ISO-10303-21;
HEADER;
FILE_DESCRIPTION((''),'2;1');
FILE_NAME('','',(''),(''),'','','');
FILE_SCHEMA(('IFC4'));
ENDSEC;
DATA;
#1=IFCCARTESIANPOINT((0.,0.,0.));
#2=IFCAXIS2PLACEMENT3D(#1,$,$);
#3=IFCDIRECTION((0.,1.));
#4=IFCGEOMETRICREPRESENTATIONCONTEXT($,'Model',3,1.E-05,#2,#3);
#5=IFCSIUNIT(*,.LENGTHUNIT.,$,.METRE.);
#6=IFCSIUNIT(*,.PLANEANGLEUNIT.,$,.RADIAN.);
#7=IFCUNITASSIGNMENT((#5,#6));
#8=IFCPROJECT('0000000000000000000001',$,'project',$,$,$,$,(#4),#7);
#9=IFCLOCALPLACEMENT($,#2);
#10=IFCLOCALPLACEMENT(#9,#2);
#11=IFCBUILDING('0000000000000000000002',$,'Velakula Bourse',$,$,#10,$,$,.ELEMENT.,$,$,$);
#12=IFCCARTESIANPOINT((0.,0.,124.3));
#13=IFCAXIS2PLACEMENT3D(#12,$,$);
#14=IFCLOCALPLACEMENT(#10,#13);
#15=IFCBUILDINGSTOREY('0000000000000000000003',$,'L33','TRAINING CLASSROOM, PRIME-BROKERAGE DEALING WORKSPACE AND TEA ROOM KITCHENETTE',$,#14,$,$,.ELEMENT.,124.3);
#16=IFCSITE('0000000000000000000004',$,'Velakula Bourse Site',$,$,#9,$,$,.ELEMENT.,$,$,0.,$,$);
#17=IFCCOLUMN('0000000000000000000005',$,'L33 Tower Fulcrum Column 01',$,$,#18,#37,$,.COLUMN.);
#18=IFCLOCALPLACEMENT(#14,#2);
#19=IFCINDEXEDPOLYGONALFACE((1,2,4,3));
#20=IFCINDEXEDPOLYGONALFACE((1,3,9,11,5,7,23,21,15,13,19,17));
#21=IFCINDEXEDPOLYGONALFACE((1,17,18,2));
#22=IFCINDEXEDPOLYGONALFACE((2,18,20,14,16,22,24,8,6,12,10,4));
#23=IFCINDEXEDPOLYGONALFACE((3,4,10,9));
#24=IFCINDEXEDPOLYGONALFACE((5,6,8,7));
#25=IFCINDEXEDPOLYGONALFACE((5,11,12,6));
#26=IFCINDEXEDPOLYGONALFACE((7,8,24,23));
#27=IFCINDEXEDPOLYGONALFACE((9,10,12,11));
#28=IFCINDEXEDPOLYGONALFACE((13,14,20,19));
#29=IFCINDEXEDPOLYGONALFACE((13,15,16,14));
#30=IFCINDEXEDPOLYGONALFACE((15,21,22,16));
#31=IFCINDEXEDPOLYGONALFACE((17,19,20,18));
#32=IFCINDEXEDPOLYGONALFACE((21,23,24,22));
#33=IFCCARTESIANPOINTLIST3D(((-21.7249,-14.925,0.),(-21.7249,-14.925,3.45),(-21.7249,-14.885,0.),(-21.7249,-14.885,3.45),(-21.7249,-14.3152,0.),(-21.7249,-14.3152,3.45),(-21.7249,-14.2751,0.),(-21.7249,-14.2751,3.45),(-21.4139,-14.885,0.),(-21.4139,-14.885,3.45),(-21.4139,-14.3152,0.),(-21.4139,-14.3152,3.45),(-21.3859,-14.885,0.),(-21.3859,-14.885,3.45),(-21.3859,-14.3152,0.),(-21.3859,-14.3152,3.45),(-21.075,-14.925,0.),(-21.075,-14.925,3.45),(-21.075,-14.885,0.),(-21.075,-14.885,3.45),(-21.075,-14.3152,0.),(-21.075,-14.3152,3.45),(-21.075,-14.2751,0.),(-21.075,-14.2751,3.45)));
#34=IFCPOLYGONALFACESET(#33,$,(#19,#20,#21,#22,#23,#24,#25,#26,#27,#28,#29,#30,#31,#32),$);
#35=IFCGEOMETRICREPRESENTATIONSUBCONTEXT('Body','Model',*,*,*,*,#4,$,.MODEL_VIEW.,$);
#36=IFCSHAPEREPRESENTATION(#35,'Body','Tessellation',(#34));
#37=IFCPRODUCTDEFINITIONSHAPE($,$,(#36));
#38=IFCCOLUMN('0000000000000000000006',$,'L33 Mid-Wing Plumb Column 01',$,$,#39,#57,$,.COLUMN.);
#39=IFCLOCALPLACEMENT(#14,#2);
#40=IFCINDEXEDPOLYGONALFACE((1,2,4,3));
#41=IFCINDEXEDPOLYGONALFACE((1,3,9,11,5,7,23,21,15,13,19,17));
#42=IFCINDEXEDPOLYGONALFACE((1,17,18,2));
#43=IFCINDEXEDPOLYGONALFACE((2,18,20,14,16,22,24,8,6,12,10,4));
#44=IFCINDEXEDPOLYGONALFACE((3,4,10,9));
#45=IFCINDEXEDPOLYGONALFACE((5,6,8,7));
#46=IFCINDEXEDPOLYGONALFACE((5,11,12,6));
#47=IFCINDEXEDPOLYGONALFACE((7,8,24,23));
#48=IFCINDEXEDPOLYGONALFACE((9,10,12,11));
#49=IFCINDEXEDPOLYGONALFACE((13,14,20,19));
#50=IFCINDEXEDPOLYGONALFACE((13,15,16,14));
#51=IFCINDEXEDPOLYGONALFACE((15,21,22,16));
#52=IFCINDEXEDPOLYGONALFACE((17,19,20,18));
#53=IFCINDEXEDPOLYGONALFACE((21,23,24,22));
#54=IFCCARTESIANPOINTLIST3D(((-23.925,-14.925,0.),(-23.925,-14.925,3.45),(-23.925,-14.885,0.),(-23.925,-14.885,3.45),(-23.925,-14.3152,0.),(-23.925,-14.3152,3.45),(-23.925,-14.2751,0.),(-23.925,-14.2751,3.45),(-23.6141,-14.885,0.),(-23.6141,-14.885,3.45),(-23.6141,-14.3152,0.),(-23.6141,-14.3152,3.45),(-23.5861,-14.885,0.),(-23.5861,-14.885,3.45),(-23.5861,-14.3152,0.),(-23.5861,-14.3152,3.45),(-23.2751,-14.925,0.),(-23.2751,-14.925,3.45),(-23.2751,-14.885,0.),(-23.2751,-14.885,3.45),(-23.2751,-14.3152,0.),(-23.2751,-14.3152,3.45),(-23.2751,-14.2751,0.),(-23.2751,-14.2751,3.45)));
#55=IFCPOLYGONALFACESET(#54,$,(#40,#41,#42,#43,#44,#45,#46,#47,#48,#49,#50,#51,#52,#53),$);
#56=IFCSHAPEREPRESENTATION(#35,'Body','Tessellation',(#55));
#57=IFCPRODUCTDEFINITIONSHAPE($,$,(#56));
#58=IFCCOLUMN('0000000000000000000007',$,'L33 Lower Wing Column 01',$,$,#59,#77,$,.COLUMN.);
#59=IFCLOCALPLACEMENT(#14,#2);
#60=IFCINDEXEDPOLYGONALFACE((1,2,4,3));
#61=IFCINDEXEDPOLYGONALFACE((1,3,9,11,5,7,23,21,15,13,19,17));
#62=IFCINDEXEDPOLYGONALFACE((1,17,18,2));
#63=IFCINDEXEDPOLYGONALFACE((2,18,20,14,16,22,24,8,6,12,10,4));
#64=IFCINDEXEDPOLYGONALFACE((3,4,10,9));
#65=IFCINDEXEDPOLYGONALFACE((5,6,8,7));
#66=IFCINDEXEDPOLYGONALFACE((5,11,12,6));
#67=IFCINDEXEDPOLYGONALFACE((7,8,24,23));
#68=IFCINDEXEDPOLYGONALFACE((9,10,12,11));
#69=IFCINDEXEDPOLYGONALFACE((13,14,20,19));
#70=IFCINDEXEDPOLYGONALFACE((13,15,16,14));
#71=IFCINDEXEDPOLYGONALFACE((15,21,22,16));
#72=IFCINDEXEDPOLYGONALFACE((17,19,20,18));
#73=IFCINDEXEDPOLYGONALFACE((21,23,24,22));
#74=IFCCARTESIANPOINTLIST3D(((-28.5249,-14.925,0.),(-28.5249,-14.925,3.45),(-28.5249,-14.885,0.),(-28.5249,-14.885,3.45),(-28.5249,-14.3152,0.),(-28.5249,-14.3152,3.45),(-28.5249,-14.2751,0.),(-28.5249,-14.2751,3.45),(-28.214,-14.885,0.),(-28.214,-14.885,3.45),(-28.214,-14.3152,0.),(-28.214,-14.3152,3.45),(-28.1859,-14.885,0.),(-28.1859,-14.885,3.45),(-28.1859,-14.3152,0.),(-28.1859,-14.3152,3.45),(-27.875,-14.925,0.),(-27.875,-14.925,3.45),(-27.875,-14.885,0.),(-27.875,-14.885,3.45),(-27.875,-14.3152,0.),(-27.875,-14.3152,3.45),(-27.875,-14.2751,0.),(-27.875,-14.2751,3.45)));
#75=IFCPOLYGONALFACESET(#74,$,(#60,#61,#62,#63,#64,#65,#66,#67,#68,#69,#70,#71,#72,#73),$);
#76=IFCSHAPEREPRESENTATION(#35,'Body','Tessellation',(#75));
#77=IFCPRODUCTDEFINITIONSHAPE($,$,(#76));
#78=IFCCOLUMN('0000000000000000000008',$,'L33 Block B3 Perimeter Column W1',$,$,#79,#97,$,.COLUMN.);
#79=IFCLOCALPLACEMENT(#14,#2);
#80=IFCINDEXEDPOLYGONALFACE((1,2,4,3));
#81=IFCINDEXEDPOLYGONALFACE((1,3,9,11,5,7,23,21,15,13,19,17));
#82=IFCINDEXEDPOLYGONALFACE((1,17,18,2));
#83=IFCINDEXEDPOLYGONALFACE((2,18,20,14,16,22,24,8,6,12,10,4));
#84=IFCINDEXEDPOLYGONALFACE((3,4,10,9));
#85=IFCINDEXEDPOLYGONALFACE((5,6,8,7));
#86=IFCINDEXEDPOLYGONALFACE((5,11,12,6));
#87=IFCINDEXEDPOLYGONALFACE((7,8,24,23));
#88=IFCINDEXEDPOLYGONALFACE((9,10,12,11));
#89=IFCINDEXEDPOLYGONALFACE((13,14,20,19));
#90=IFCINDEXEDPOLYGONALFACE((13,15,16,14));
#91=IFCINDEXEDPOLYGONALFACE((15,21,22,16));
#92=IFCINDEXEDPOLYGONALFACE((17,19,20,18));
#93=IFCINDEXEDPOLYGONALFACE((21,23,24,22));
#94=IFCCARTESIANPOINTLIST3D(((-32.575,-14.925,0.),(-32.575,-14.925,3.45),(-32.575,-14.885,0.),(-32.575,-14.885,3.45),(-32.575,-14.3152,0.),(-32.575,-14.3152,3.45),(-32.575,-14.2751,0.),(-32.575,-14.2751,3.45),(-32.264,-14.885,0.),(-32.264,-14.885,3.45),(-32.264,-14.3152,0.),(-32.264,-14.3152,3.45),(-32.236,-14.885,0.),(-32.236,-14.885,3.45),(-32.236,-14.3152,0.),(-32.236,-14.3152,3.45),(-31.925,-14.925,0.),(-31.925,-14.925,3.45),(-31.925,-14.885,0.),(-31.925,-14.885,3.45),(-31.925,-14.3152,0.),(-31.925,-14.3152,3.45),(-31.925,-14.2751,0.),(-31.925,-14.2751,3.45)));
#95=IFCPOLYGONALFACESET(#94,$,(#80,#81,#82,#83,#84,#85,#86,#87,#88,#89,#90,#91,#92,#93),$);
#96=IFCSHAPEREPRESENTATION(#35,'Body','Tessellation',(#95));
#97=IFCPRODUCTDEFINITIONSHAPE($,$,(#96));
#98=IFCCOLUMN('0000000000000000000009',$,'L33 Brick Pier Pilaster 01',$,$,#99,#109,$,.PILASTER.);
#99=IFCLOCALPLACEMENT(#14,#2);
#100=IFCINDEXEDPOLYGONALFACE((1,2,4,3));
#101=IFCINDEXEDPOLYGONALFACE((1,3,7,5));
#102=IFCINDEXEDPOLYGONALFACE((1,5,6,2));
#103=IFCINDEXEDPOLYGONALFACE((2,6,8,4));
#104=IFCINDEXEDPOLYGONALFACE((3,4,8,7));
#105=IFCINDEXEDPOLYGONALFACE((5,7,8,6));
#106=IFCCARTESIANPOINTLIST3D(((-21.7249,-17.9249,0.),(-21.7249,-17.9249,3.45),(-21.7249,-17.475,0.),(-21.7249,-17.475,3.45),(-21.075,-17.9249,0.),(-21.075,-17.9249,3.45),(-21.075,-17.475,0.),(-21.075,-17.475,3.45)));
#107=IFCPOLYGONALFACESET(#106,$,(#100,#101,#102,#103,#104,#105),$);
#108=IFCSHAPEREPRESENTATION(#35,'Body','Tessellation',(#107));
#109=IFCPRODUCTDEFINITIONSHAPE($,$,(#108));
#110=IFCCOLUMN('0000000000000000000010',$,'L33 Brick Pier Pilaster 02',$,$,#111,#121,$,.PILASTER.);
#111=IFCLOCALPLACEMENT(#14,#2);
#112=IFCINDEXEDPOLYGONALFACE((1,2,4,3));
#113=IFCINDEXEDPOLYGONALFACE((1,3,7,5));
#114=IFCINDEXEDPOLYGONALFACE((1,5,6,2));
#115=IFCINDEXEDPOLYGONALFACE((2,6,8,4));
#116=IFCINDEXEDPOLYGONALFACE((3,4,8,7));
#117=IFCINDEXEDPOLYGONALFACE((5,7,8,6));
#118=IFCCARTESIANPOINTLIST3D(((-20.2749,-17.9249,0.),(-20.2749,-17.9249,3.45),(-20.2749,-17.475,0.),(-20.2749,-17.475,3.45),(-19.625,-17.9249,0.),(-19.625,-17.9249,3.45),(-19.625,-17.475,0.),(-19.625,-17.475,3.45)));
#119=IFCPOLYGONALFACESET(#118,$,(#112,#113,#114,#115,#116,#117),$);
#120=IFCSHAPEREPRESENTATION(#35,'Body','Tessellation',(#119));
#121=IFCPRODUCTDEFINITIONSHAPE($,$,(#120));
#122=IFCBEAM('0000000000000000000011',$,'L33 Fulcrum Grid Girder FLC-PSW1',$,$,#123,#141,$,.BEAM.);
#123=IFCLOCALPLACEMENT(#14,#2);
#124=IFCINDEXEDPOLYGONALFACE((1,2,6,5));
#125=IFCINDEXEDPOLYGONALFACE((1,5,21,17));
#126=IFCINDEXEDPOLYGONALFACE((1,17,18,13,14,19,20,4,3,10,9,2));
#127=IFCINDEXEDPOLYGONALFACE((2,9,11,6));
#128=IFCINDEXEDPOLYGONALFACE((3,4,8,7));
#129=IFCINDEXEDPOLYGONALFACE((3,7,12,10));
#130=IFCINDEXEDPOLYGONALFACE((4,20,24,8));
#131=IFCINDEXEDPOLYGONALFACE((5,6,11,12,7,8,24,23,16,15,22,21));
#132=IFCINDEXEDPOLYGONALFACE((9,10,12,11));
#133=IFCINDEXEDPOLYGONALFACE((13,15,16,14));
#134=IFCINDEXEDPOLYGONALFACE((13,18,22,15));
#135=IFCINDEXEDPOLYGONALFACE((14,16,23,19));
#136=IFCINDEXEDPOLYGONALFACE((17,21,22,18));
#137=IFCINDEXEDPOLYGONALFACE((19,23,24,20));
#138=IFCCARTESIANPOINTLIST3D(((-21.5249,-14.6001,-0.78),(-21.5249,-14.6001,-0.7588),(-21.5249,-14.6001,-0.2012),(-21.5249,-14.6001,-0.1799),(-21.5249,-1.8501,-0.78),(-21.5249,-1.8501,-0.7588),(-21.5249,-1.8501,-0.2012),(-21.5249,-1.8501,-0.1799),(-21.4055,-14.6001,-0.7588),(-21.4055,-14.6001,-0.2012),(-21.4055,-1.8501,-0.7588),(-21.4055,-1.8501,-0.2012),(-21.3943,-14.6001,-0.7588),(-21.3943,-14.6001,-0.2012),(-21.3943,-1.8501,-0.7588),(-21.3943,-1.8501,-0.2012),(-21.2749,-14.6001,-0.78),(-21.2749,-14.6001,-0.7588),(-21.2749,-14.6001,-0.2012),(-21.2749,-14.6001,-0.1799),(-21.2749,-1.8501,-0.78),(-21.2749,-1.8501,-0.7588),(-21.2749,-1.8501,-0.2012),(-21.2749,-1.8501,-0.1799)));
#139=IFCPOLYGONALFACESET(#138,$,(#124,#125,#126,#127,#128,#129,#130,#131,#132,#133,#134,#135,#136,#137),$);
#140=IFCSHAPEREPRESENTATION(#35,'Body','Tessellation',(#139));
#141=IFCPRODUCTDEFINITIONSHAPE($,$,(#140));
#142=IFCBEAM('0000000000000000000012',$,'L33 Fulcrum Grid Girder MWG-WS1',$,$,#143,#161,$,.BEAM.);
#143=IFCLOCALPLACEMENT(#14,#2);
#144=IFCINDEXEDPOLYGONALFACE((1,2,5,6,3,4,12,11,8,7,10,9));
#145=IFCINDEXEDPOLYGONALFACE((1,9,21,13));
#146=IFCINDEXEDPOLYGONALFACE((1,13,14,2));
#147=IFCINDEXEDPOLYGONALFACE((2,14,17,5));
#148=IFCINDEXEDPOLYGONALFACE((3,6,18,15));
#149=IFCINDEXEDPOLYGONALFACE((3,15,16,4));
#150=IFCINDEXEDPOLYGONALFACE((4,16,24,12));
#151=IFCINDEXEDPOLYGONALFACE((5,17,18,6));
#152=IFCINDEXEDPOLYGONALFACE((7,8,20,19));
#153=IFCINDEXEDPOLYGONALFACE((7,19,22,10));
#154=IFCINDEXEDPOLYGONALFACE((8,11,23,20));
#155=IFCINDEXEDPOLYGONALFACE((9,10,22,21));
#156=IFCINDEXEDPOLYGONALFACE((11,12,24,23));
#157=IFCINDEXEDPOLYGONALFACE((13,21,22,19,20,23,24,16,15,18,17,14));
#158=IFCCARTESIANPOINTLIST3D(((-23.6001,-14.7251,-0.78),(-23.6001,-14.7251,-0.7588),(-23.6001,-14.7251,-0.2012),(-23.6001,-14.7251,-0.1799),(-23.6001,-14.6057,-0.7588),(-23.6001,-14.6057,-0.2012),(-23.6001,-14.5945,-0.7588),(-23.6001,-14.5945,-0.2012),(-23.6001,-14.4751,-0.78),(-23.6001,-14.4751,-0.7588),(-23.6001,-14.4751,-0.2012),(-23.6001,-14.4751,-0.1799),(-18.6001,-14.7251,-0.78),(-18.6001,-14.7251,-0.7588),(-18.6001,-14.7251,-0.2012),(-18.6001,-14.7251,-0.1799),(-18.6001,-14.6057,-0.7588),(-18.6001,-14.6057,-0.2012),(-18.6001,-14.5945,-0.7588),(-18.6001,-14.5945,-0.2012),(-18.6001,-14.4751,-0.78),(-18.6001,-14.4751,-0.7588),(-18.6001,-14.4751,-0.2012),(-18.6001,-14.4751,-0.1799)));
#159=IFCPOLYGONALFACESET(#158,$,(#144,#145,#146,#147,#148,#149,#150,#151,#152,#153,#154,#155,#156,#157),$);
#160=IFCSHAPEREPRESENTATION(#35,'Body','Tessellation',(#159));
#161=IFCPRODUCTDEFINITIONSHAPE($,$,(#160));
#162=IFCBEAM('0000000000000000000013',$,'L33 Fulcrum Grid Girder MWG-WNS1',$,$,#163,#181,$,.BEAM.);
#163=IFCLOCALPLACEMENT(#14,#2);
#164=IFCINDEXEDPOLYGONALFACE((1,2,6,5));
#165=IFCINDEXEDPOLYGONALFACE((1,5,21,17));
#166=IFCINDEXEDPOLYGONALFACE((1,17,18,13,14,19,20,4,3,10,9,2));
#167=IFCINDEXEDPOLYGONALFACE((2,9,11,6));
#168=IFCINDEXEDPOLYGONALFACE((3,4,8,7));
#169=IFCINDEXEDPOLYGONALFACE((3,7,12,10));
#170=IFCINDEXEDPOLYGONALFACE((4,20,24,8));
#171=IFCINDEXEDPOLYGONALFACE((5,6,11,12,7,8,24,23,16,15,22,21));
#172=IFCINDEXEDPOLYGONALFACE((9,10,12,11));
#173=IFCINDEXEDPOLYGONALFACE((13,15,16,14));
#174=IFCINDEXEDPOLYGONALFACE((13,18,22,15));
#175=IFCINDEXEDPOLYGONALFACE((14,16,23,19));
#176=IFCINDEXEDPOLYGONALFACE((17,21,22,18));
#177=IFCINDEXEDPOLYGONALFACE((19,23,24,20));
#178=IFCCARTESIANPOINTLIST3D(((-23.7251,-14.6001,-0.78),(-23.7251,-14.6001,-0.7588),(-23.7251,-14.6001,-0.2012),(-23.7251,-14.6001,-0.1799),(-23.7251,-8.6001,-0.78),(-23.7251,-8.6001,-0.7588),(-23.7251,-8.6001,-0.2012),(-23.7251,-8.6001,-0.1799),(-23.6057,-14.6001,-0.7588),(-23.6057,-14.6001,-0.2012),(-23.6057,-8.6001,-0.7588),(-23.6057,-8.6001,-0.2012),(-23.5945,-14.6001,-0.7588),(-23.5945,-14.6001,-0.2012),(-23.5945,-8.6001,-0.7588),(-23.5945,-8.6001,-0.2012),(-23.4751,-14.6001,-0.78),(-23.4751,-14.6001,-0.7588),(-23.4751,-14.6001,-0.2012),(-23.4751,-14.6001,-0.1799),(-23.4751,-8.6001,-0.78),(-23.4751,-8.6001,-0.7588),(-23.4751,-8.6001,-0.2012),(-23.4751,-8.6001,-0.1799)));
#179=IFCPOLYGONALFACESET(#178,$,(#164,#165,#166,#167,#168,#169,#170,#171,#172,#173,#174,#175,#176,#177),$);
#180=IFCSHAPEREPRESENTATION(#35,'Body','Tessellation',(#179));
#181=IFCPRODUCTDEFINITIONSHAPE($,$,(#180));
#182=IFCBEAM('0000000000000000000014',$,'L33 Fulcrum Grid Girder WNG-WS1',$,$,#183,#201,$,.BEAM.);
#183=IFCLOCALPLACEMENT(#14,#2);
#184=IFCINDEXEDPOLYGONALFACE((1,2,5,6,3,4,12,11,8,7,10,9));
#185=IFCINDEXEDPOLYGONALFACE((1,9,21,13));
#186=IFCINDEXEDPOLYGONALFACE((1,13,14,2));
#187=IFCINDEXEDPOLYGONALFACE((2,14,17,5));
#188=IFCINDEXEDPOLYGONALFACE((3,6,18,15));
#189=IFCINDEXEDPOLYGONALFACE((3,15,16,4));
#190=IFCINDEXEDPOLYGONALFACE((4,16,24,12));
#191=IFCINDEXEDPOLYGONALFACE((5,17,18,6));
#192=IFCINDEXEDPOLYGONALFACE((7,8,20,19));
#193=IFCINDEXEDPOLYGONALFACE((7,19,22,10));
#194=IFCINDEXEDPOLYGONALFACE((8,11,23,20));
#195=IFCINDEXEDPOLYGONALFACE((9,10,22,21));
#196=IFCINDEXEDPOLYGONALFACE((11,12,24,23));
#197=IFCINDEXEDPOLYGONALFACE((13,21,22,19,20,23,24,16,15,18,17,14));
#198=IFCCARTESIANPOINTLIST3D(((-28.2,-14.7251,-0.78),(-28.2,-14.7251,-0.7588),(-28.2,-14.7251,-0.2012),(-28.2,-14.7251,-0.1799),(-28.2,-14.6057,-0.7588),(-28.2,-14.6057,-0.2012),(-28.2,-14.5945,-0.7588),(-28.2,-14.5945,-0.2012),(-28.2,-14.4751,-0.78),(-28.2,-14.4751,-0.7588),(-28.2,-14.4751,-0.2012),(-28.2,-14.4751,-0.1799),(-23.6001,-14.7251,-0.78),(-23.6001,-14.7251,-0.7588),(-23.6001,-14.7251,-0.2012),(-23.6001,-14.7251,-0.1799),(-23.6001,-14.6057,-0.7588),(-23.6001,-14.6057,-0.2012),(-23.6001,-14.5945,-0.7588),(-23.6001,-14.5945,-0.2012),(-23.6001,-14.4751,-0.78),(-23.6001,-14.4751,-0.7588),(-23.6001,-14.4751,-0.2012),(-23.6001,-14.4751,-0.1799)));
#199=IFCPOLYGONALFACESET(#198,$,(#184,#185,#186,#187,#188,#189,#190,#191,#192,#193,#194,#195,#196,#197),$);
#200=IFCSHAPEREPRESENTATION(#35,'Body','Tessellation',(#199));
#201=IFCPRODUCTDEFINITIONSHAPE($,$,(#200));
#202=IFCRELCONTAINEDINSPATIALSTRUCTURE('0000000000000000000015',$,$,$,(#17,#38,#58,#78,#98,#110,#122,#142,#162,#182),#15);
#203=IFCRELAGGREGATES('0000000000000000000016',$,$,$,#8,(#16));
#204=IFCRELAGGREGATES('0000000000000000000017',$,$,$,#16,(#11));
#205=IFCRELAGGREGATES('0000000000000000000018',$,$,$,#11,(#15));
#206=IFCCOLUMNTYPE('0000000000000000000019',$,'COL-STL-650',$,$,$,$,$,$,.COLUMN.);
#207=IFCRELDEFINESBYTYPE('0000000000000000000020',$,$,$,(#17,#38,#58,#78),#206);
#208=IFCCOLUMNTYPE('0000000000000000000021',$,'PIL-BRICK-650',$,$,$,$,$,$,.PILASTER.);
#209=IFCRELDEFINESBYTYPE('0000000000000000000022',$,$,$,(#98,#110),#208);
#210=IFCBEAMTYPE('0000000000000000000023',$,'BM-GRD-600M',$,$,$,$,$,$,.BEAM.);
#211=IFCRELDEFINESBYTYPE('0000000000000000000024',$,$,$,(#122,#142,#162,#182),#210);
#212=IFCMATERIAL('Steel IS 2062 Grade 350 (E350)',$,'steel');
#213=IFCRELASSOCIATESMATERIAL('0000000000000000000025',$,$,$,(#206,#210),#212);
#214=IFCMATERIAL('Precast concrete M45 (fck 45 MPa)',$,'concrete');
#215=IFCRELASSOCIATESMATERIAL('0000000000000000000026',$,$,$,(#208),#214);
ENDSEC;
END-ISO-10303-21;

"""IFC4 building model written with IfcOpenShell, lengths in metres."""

from ifc_helpers import new_model, si_unit, direction, frame, origin, origin_2d, place, context, subcontext, project, spatial, rectangle, i_section, extrude, material, material_profile, profile_set, type_object, element, save


model = new_model("IFC4")

# Units and contexts
model_context = context("Model", 3, precision=1e-05, world=origin(), true_north=direction((0.0, 1.0)))
body_context = subcontext(model_context, "Body", "Model", "MODEL_VIEW")
ifc_project = project(units=[si_unit("LENGTHUNIT", "METRE"), si_unit("PLANEANGLEUNIT", "RADIAN")], contexts=[model_context])

# Site, building, storey
site_placement = place(None, origin())
site = spatial("IfcSite", under=ifc_project, at=site_placement, Name="Velakula Bourse Site", CompositionType="ELEMENT", RefElevation=0.0)
building_placement = place(site_placement, origin())
building = spatial("IfcBuilding", under=site, at=building_placement, Name="Velakula Bourse", CompositionType="ELEMENT")
storey_placement = place(building_placement, frame((0.0, 0.0, 124.3)))
storey = spatial("IfcBuildingStorey", under=building, at=storey_placement, Name="L33", Description="TRAINING CLASSROOM, PRIME-BROKERAGE DEALING WORKSPACE AND TEA ROOM KITCHENETTE", CompositionType="ELEMENT", Elevation=124.3)

# Columns
ifc_material_1 = material(Name="Steel IS 2062 Grade 350 (E350)", Category="steel")
ifc_material_profile_1 = material_profile(ifc_material_1, i_section(OverallWidth=0.6499, OverallDepth=0.6499, WebThickness=0.0281, FlangeThickness=0.04, at=origin_2d()), Name="Steel IS 2062 Grade 350 (E350)")
ifc_profile_set_1 = profile_set([ifc_material_profile_1], Name="Steel IS 2062 Grade 350 (E350)")
column_type_1 = type_object("IfcColumnType", Name="COL-STL-650", PredefinedType="COLUMN", material=ifc_profile_set_1)
for number, where, z_axis, x_axis, name in (
    (1, (-21.3999, -14.6001, 0.0), (0.0, 0.0, 1.0), (1.0, 0.0, 0.0), "L33 Tower Fulcrum Column 01"),
    (2, (-23.6001, -14.6001, 0.0), (0.0, 0.0, 1.0), (1.0, 0.0, 0.0), "L33 Mid-Wing Plumb Column 01"),
    (3, (-28.2, -14.6001, 0.0), (0.0, 0.0, 1.0), (1.0, 0.0, 0.0), "L33 Lower Wing Column 01"),
    (4, (-32.25, -14.6001, 0.0), (0.0, 0.0, 1.0), (1.0, 0.0, 0.0), "L33 Block B3 Perimeter Column W1"),
):
    element("IfcColumn", number, at=place(storey_placement, frame(where, z_axis=z_axis, x_axis=x_axis)), inside=storey, type_object=column_type_1, Name=name, PredefinedType="COLUMN", context=body_context, shape_type="SweptSolid", body=[
        extrude(i_section(OverallWidth=0.6499, OverallDepth=0.6499, WebThickness=0.0281, FlangeThickness=0.04, at=origin_2d()), origin(), (0.0, 0.0, 1.0), 3.45),
    ])
ifc_material_2 = material(Name="Precast concrete M45 (fck 45 MPa)", Category="concrete")
ifc_material_profile_2 = material_profile(ifc_material_2, rectangle(XDim=0.6499, YDim=0.45, at=origin_2d()), Name="Precast concrete M45 (fck 45 MPa)")
ifc_profile_set_2 = profile_set([ifc_material_profile_2], Name="Precast concrete M45 (fck 45 MPa)")
column_type_2 = type_object("IfcColumnType", Name="PIL-BRICK-650", PredefinedType="PILASTER", material=ifc_profile_set_2)
for number, where, z_axis, x_axis, name in (
    (5, (-21.3999, -17.7, 0.0), (0.0, 0.0, 1.0), (1.0, 0.0, 0.0), "L33 Brick Pier Pilaster 01"),
    (6, (-19.95, -17.7, 0.0), (0.0, 0.0, 1.0), (1.0, 0.0, 0.0), "L33 Brick Pier Pilaster 02"),
):
    element("IfcColumn", number, at=place(storey_placement, frame(where, z_axis=z_axis, x_axis=x_axis)), inside=storey, type_object=column_type_2, Name=name, PredefinedType="PILASTER", context=body_context, shape_type="SweptSolid", body=[
        extrude(rectangle(XDim=0.6499, YDim=0.45, at=origin_2d()), origin(), (0.0, 0.0, 1.0), 3.45),
    ])

# Beams
ifc_material_profile_3 = material_profile(ifc_material_1, i_section(OverallWidth=0.25, OverallDepth=0.6001, WebThickness=0.0112, FlangeThickness=0.0212, at=origin_2d()), Name="Steel IS 2062 Grade 350 (E350)")
ifc_profile_set_3 = profile_set([ifc_material_profile_3], Name="Steel IS 2062 Grade 350 (E350)")
beam_type_1 = type_object("IfcBeamType", Name="BM-GRD-600M", PredefinedType="BEAM", material=ifc_profile_set_3)
beam_1_placement = place(storey_placement, frame((-21.3999, -14.6001, -0.48), z_axis=(0.0, 1.0, 0.0), x_axis=(-1.0, 0.0, 0.0)))
element("IfcBeam", 7, at=beam_1_placement, inside=storey, type_object=beam_type_1, Name="L33 Fulcrum Grid Girder FLC-PSW1", PredefinedType="BEAM", context=body_context, shape_type="SweptSolid", body=[
    extrude(i_section(OverallWidth=0.25, OverallDepth=0.6001, WebThickness=0.0112, FlangeThickness=0.0212, at=origin_2d()), origin(), (0.0, 0.0, 1.0), 12.75),
])
beam_2_placement = place(storey_placement, frame((-23.6001, -14.6001, -0.48), z_axis=(1.0, 0.0, 0.0), x_axis=(0.0, 1.0, 0.0)))
element("IfcBeam", 8, at=beam_2_placement, inside=storey, type_object=beam_type_1, Name="L33 Fulcrum Grid Girder MWG-WS1", PredefinedType="BEAM", context=body_context, shape_type="SweptSolid", body=[
    extrude(i_section(OverallWidth=0.25, OverallDepth=0.6001, WebThickness=0.0112, FlangeThickness=0.0212, at=origin_2d()), origin(), (0.0, 0.0, 1.0), 5.0),
])
beam_3_placement = place(storey_placement, frame((-23.6001, -14.6001, -0.48), z_axis=(0.0, 1.0, 0.0), x_axis=(-1.0, 0.0, 0.0)))
element("IfcBeam", 9, at=beam_3_placement, inside=storey, type_object=beam_type_1, Name="L33 Fulcrum Grid Girder MWG-WNS1", PredefinedType="BEAM", context=body_context, shape_type="SweptSolid", body=[
    extrude(i_section(OverallWidth=0.25, OverallDepth=0.6001, WebThickness=0.0112, FlangeThickness=0.0212, at=origin_2d()), origin(), (0.0, 0.0, 1.0), 6.0),
])
beam_4_placement = place(storey_placement, frame((-28.2, -14.6001, -0.48), z_axis=(1.0, 0.0, 0.0), x_axis=(0.0, 1.0, 0.0)))
element("IfcBeam", 10, at=beam_4_placement, inside=storey, type_object=beam_type_1, Name="L33 Fulcrum Grid Girder WNG-WS1", PredefinedType="BEAM", context=body_context, shape_type="SweptSolid", body=[
    extrude(i_section(OverallWidth=0.25, OverallDepth=0.6001, WebThickness=0.0112, FlangeThickness=0.0212, at=origin_2d()), origin(), (0.0, 0.0, 1.0), 4.5999),
])

save(model, "model.ifc")
